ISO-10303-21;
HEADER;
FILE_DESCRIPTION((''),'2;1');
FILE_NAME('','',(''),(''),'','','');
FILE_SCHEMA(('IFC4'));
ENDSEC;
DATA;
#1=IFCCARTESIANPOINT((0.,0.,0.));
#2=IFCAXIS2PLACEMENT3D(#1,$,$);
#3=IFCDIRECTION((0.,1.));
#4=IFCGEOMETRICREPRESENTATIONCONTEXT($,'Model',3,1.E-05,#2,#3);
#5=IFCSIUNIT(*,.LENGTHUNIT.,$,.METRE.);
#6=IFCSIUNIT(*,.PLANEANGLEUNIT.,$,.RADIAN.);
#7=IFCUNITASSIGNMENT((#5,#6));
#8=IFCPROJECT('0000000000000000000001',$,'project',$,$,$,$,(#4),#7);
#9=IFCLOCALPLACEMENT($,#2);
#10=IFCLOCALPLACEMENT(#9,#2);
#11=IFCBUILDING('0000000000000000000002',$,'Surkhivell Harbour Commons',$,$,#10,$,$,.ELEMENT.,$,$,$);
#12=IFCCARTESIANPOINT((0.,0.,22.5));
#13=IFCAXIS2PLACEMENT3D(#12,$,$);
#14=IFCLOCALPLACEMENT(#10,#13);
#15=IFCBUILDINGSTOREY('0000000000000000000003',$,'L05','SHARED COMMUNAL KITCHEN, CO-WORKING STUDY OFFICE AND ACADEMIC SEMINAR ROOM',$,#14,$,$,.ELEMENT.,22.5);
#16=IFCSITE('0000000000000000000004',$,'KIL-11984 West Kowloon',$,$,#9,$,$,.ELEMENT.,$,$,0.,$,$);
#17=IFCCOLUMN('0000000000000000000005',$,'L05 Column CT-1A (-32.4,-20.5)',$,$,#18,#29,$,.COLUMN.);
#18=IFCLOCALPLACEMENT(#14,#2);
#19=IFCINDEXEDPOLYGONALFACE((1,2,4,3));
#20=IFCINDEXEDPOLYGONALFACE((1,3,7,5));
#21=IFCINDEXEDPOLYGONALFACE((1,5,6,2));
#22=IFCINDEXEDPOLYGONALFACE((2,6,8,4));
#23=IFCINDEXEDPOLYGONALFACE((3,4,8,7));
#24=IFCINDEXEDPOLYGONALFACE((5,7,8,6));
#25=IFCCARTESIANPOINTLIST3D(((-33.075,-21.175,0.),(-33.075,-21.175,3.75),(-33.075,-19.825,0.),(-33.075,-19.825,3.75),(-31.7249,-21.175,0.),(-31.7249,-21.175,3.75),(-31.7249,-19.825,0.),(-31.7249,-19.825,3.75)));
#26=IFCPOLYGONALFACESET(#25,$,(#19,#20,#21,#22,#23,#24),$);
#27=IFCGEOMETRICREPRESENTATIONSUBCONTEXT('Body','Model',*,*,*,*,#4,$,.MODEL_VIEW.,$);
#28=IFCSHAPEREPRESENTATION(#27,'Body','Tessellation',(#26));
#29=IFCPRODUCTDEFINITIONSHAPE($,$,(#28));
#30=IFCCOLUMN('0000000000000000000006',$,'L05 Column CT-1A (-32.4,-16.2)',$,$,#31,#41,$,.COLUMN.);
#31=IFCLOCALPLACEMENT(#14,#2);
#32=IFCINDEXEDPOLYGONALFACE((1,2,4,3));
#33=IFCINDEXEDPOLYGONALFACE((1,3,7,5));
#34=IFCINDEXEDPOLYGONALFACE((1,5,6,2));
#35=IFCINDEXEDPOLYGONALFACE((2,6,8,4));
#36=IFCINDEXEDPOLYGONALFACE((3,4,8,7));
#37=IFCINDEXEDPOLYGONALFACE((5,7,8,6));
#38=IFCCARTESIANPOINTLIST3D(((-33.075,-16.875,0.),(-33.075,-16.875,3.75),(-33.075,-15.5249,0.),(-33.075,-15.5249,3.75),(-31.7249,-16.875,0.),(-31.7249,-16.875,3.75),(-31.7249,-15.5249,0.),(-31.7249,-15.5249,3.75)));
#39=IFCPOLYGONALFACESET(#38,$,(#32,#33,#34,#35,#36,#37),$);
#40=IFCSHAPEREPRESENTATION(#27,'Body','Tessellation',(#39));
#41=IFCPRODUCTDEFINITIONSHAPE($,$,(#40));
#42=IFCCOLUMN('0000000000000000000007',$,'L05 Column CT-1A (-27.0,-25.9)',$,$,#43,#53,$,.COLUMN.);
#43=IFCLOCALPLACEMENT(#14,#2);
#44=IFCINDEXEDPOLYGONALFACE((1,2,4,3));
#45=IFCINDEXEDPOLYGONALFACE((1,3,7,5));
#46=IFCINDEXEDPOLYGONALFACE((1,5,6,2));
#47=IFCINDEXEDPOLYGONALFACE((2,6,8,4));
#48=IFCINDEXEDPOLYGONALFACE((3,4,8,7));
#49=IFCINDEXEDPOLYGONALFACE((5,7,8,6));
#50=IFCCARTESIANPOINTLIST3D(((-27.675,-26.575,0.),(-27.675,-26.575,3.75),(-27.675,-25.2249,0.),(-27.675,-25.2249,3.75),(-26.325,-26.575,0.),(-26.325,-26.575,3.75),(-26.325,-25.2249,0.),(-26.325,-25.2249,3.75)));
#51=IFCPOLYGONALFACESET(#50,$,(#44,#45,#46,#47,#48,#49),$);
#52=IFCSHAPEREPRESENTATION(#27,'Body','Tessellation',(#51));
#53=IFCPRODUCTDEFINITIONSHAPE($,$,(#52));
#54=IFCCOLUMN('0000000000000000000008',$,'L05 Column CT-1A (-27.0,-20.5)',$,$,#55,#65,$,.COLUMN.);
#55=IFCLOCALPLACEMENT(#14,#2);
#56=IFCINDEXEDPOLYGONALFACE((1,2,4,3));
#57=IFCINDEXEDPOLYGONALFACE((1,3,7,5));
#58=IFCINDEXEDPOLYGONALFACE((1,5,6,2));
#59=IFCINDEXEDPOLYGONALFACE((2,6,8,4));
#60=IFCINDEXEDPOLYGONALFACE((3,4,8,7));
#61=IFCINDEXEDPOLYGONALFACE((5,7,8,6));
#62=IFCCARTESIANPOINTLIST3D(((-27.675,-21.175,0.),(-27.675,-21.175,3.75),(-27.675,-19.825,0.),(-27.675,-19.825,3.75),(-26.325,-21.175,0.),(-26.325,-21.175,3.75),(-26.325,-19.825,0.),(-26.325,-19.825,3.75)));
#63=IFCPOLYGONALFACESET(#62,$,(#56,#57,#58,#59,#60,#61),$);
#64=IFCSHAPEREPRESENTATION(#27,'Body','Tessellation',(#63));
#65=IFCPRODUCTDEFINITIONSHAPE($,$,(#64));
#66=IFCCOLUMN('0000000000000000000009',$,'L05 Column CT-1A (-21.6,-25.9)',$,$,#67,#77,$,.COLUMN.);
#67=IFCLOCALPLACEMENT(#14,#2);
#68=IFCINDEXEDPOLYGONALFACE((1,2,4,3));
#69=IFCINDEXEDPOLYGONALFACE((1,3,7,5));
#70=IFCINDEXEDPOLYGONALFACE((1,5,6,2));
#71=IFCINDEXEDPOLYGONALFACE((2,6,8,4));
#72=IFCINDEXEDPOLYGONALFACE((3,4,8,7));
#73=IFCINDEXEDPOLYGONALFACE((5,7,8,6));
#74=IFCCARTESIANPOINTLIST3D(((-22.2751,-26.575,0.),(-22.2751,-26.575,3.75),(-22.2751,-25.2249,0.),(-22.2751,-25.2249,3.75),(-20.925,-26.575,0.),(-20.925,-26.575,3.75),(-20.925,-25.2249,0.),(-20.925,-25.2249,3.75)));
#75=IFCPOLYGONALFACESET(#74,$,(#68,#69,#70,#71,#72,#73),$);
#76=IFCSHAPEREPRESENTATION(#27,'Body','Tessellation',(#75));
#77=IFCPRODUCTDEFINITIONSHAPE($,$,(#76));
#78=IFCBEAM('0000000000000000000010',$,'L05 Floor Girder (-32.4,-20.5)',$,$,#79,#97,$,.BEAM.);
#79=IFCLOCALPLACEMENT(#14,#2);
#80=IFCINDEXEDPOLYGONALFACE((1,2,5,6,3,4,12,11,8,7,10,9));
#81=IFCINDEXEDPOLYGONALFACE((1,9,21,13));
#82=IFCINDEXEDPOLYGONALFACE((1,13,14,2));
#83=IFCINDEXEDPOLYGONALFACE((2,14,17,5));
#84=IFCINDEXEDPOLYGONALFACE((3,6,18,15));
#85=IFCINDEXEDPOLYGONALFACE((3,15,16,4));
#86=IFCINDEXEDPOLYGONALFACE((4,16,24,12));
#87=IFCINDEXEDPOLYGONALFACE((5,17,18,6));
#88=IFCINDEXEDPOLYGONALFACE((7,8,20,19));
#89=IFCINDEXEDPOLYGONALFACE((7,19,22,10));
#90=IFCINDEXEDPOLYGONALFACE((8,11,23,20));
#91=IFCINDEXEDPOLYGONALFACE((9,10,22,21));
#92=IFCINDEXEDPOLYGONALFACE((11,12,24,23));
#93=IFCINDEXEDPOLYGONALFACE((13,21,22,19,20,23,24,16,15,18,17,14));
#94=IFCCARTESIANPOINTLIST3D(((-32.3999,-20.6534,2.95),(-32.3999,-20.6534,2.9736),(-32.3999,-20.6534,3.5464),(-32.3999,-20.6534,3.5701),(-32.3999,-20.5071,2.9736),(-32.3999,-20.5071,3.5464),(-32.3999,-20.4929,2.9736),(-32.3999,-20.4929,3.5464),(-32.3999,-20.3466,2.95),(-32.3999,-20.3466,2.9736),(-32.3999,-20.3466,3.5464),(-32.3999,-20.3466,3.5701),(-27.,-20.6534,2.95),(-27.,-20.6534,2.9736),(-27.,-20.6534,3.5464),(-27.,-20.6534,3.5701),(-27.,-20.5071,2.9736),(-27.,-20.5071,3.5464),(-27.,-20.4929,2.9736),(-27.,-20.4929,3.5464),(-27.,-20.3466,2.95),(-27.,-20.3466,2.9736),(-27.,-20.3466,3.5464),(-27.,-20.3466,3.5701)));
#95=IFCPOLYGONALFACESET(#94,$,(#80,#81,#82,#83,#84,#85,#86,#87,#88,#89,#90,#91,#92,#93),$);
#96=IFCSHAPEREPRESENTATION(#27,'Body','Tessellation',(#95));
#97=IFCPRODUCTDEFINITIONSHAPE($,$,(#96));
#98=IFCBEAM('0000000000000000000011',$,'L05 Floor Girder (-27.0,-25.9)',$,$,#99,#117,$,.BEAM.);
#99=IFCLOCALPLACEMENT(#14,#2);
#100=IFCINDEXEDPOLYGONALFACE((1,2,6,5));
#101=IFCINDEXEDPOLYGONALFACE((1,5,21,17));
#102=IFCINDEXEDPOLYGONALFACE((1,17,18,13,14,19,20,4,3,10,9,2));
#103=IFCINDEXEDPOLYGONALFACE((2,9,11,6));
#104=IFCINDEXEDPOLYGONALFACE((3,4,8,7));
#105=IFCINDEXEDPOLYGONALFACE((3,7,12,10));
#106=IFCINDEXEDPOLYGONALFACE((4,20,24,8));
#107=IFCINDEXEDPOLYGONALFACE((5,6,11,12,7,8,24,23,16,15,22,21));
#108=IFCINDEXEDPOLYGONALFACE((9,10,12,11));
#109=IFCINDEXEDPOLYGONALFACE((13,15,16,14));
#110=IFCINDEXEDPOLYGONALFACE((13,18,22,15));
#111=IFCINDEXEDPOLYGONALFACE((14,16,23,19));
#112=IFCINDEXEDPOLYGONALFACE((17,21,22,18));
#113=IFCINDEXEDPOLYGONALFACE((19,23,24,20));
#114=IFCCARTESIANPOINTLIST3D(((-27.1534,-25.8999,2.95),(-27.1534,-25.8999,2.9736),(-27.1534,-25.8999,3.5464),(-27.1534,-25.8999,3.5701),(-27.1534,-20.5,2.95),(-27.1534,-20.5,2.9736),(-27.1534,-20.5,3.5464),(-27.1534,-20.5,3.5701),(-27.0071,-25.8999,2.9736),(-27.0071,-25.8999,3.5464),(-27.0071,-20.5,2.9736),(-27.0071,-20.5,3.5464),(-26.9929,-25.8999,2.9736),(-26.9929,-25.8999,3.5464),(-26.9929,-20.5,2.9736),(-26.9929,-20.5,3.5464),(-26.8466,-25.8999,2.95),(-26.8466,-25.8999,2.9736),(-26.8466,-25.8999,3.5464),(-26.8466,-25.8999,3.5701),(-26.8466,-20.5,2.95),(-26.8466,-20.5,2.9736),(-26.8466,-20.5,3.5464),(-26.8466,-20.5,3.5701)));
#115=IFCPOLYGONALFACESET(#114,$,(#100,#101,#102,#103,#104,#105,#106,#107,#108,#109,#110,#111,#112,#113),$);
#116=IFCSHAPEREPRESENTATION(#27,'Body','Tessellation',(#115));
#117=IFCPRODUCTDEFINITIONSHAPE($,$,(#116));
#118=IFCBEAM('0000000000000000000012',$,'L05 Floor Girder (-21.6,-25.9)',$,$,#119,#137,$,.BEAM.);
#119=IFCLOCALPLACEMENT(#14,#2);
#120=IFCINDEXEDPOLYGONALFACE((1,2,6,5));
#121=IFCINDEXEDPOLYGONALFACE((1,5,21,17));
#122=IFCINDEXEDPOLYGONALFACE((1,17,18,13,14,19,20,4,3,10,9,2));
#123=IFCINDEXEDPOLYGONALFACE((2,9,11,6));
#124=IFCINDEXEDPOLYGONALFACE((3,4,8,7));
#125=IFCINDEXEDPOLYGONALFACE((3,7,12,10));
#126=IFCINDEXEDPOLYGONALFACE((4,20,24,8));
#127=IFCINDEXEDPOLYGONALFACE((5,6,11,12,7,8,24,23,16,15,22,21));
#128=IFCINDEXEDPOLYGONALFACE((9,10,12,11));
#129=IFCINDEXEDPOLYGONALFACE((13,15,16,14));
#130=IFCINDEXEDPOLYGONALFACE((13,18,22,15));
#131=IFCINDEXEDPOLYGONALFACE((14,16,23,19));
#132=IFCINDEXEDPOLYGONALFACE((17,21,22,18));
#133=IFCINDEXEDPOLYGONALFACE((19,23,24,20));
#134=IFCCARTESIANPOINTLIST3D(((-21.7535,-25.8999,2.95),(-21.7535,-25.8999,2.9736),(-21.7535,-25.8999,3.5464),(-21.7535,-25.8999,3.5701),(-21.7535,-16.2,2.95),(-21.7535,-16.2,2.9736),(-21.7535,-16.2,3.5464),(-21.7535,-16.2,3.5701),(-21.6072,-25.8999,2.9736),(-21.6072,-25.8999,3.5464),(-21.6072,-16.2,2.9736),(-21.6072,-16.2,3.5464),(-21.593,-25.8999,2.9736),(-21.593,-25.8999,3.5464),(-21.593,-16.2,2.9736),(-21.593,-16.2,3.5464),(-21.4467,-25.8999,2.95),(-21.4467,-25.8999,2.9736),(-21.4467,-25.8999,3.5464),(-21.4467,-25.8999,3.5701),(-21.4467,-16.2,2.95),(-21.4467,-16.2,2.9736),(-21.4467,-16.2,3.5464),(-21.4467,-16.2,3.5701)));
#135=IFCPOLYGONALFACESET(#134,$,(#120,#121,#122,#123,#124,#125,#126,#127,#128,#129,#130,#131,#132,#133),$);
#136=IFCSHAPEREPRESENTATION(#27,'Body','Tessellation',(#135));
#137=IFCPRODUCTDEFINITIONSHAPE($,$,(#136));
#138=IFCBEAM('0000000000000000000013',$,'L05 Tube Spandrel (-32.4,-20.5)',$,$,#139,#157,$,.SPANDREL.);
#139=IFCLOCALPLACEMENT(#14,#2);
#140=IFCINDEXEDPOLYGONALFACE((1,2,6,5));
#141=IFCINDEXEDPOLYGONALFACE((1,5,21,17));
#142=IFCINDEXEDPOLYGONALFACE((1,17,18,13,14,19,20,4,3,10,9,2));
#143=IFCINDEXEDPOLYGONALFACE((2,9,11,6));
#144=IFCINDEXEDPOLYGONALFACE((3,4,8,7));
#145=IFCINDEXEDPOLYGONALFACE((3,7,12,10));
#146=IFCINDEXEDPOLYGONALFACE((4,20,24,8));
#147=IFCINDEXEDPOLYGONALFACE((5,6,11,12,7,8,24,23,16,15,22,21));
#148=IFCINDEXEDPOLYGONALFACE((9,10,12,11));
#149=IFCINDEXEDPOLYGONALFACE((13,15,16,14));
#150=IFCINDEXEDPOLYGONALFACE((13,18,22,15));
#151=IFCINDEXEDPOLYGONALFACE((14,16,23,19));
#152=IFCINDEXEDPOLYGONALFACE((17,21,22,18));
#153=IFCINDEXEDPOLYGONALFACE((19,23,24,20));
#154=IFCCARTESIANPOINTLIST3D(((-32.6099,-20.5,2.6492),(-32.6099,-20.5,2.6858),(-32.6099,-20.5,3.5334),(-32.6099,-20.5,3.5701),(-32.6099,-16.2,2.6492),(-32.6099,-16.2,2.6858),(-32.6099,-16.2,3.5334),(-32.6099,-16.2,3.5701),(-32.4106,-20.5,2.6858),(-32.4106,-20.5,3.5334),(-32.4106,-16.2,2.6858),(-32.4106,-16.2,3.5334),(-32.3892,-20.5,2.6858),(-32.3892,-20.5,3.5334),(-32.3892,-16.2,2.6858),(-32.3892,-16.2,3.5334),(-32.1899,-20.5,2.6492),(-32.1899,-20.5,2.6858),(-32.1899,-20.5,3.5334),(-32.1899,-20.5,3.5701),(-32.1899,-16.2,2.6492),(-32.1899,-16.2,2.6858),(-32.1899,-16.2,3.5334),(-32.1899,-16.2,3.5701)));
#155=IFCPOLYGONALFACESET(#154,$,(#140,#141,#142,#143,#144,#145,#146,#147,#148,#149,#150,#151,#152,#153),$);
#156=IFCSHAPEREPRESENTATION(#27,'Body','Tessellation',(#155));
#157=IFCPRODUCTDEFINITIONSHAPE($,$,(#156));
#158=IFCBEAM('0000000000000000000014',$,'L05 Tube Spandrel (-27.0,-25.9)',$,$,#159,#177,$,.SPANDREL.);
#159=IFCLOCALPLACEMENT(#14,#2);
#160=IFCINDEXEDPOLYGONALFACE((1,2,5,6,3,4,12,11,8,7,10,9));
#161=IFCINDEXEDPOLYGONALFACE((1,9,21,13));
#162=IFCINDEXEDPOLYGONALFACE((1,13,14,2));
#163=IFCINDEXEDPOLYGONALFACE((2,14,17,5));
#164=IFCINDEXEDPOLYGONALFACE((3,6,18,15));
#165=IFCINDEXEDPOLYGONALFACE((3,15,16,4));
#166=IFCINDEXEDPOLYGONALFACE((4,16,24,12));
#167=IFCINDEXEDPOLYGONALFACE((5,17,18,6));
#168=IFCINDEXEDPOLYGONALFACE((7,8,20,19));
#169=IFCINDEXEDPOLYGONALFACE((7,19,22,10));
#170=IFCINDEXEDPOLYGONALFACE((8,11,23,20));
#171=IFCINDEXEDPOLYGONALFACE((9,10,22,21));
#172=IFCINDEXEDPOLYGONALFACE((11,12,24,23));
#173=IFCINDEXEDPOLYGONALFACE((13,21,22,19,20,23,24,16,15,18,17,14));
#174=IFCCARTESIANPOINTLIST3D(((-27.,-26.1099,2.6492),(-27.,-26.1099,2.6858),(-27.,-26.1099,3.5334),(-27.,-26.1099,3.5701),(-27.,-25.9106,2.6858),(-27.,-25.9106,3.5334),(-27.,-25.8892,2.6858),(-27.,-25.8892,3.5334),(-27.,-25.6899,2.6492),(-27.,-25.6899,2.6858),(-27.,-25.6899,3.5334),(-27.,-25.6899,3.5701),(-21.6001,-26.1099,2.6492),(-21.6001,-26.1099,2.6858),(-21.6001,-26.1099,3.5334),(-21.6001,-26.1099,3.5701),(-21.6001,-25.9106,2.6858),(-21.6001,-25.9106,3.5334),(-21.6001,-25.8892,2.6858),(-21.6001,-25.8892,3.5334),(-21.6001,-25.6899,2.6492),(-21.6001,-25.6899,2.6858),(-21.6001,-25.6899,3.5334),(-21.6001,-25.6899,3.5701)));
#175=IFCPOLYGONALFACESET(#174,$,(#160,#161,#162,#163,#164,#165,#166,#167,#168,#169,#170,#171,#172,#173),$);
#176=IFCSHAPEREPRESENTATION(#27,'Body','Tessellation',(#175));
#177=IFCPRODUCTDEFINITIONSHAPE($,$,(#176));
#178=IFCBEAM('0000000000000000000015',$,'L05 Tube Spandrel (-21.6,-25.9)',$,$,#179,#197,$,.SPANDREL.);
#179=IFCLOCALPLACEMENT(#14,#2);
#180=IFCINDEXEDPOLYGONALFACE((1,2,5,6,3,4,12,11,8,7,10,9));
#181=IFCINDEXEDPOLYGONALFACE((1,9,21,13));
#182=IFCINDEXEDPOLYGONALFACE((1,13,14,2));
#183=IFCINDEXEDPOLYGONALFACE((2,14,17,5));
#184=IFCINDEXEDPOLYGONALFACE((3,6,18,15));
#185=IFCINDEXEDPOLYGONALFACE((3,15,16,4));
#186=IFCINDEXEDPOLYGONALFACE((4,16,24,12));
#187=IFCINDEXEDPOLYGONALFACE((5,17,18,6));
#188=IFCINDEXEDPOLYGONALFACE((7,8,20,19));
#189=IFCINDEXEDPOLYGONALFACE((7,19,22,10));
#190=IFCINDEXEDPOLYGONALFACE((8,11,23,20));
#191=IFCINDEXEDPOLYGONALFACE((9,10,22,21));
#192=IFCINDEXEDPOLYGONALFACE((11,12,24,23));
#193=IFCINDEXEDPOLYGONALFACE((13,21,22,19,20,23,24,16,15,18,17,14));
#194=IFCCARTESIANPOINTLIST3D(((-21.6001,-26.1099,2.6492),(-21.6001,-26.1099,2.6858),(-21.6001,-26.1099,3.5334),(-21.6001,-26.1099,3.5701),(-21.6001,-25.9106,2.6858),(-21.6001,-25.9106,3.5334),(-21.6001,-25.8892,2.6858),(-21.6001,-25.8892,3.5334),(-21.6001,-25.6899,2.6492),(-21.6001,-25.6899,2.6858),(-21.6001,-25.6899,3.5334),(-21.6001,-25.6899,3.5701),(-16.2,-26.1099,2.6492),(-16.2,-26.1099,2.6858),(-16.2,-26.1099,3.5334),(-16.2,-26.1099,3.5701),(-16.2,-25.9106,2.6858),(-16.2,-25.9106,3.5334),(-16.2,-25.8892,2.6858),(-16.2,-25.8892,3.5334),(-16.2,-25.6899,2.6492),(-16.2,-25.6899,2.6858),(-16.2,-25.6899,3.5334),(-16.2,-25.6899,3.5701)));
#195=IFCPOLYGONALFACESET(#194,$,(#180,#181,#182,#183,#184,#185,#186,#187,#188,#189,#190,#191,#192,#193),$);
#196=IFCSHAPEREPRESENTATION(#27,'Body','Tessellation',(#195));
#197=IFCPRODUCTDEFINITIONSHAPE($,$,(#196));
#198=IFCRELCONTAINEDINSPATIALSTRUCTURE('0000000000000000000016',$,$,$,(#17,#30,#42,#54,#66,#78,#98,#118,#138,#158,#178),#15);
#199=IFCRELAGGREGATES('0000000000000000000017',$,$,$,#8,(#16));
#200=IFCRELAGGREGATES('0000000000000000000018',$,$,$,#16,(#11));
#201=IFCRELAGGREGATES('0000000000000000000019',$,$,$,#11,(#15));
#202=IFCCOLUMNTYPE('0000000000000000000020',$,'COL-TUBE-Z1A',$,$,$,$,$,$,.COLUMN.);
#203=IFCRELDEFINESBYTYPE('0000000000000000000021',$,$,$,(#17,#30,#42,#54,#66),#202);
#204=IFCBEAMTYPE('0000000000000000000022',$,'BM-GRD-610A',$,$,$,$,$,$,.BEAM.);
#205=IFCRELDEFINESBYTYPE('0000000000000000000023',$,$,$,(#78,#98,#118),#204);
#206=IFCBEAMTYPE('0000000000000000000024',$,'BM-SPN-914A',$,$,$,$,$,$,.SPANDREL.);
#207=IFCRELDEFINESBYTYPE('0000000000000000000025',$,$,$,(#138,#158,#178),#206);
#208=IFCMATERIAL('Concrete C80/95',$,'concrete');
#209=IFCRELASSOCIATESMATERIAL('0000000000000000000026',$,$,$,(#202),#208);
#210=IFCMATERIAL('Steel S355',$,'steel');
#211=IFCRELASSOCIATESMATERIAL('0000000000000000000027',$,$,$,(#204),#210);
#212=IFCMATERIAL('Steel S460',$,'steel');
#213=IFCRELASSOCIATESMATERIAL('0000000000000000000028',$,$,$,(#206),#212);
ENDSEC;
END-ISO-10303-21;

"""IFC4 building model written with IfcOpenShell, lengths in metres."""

from ifc_helpers import new_model, si_unit, direction, frame, origin, origin_2d, place, context, subcontext, project, spatial, rectangle, i_section, extrude, material, material_profile, profile_set, type_object, element, save


model = new_model("IFC4")

# Units and contexts
model_context = context("Model", 3, precision=1e-05, world=origin(), true_north=direction((0.0, 1.0)))
body_context = subcontext(model_context, "Body", "Model", "MODEL_VIEW")
ifc_project = project(units=[si_unit("LENGTHUNIT", "METRE"), si_unit("PLANEANGLEUNIT", "RADIAN")], contexts=[model_context])

# Site, building, storey
site_placement = place(None, origin())
site = spatial("IfcSite", under=ifc_project, at=site_placement, Name="KIL-11984 West Kowloon", CompositionType="ELEMENT", RefElevation=0.0)
building_placement = place(site_placement, origin())
building = spatial("IfcBuilding", under=site, at=building_placement, Name="Surkhivell Harbour Commons", CompositionType="ELEMENT")
storey_placement = place(building_placement, frame((0.0, 0.0, 22.5)))
storey = spatial("IfcBuildingStorey", under=building, at=storey_placement, Name="L05", Description="SHARED COMMUNAL KITCHEN, CO-WORKING STUDY OFFICE AND ACADEMIC SEMINAR ROOM", CompositionType="ELEMENT", Elevation=22.5)

# Columns
ifc_material_1 = material(Name="Concrete C80/95", Category="concrete")
ifc_material_profile_1 = material_profile(ifc_material_1, rectangle(XDim=1.3501, YDim=1.3501, at=origin_2d()), Name="RC-COL-1350x1350")
ifc_profile_set_1 = profile_set([ifc_material_profile_1], Name="Concrete C80/95")
column_type = type_object("IfcColumnType", Name="COL-TUBE-Z1A", PredefinedType="COLUMN", material=ifc_profile_set_1)
for number, where, z_axis, x_axis, name in (
    (1, (-32.3999, -20.5, 0.0), (0.0, 0.0, 1.0), (1.0, 0.0, 0.0), "L05 Column CT-1A (-32.4,-20.5)"),
    (2, (-32.3999, -16.2, 0.0), (0.0, 0.0, 1.0), (1.0, 0.0, 0.0), "L05 Column CT-1A (-32.4,-16.2)"),
    (3, (-27.0, -25.8999, 0.0), (0.0, 0.0, 1.0), (1.0, 0.0, 0.0), "L05 Column CT-1A (-27.0,-25.9)"),
    (4, (-27.0, -20.5, 0.0), (0.0, 0.0, 1.0), (1.0, 0.0, 0.0), "L05 Column CT-1A (-27.0,-20.5)"),
    (5, (-21.6001, -25.8999, 0.0), (0.0, 0.0, 1.0), (1.0, 0.0, 0.0), "L05 Column CT-1A (-21.6,-25.9)"),
):
    element("IfcColumn", number, at=place(storey_placement, frame(where, z_axis=z_axis, x_axis=x_axis)), inside=storey, type_object=column_type, Name=name, PredefinedType="COLUMN", context=body_context, shape_type="SweptSolid", body=[
        extrude(rectangle(XDim=1.3501, YDim=1.3501, at=origin_2d()), origin(), (0.0, 0.0, 1.0), 3.75),
    ])

# Beams
ifc_material_2 = material(Name="Steel S355", Category="steel")
ifc_material_profile_2 = material_profile(ifc_material_2, i_section(OverallWidth=0.3069, OverallDepth=0.6201, WebThickness=0.0142, FlangeThickness=0.0237, at=origin_2d()), Name="UB610x305x179")
ifc_profile_set_2 = profile_set([ifc_material_profile_2], Name="Steel S355")
beam_type_1 = type_object("IfcBeamType", Name="BM-GRD-610A", PredefinedType="BEAM", material=ifc_profile_set_2)
for number, where, z_axis, x_axis, name in (
    (6, (-32.3999, -20.5, 3.26), (1.0, 0.0, 0.0), (0.0, 1.0, 0.0), "L05 Floor Girder (-32.4,-20.5)"),
    (7, (-27.0, -25.8999, 3.26), (0.0, 1.0, 0.0), (-1.0, 0.0, 0.0), "L05 Floor Girder (-27.0,-25.9)"),
):
    element("IfcBeam", number, at=place(storey_placement, frame(where, z_axis=z_axis, x_axis=x_axis)), inside=storey, type_object=beam_type_1, Name=name, PredefinedType="BEAM", context=body_context, shape_type="SweptSolid", body=[
        extrude(i_section(OverallWidth=0.3069, OverallDepth=0.6201, WebThickness=0.0142, FlangeThickness=0.0237, at=origin_2d()), origin(), (0.0, 0.0, 1.0), 5.3999),
    ])
beam_1_placement = place(storey_placement, frame((-21.6001, -25.8999, 3.26), z_axis=(0.0, 1.0, 0.0), x_axis=(-1.0, 0.0, 0.0)))
element("IfcBeam", 8, at=beam_1_placement, inside=storey, type_object=beam_type_1, Name="L05 Floor Girder (-21.6,-25.9)", PredefinedType="BEAM", context=body_context, shape_type="SweptSolid", body=[
    extrude(i_section(OverallWidth=0.3069, OverallDepth=0.6201, WebThickness=0.0142, FlangeThickness=0.0237, at=origin_2d()), origin(), (0.0, 0.0, 1.0), 9.7),
])
ifc_material_3 = material(Name="Steel S460", Category="steel")
ifc_material_profile_3 = material_profile(ifc_material_3, i_section(OverallWidth=0.4199, OverallDepth=0.9209, WebThickness=0.0215, FlangeThickness=0.0366, at=origin_2d()), Name="UB914x419x388")
ifc_profile_set_3 = profile_set([ifc_material_profile_3], Name="Steel S460")
beam_type_2 = type_object("IfcBeamType", Name="BM-SPN-914A", PredefinedType="SPANDREL", material=ifc_profile_set_3)
beam_2_placement = place(storey_placement, frame((-32.3999, -20.5, 3.1096), z_axis=(0.0, 1.0, 0.0), x_axis=(-1.0, 0.0, 0.0)))
element("IfcBeam", 9, at=beam_2_placement, inside=storey, type_object=beam_type_2, Name="L05 Tube Spandrel (-32.4,-20.5)", PredefinedType="SPANDREL", context=body_context, shape_type="SweptSolid", body=[
    extrude(i_section(OverallWidth=0.4199, OverallDepth=0.9209, WebThickness=0.0215, FlangeThickness=0.0366, at=origin_2d()), origin(), (0.0, 0.0, 1.0), 4.3),
])
beam_3_placement = place(storey_placement, frame((-27.0, -25.8999, 3.1096), z_axis=(1.0, 0.0, 0.0), x_axis=(0.0, 1.0, 0.0)))
element("IfcBeam", 10, at=beam_3_placement, inside=storey, type_object=beam_type_2, Name="L05 Tube Spandrel (-27.0,-25.9)", PredefinedType="SPANDREL", context=body_context, shape_type="SweptSolid", body=[
    extrude(i_section(OverallWidth=0.4199, OverallDepth=0.9209, WebThickness=0.0215, FlangeThickness=0.0366, at=origin_2d()), origin(), (0.0, 0.0, 1.0), 5.3999),
])
beam_4_placement = place(storey_placement, frame((-21.6001, -25.8999, 3.1096), z_axis=(1.0, 0.0, 0.0), x_axis=(0.0, 1.0, 0.0)))
element("IfcBeam", 11, at=beam_4_placement, inside=storey, type_object=beam_type_2, Name="L05 Tube Spandrel (-21.6,-25.9)", PredefinedType="SPANDREL", context=body_context, shape_type="SweptSolid", body=[
    extrude(i_section(OverallWidth=0.4199, OverallDepth=0.9209, WebThickness=0.0215, FlangeThickness=0.0366, at=origin_2d()), origin(), (0.0, 0.0, 1.0), 5.4001),
])

save(model, "model.ifc")
